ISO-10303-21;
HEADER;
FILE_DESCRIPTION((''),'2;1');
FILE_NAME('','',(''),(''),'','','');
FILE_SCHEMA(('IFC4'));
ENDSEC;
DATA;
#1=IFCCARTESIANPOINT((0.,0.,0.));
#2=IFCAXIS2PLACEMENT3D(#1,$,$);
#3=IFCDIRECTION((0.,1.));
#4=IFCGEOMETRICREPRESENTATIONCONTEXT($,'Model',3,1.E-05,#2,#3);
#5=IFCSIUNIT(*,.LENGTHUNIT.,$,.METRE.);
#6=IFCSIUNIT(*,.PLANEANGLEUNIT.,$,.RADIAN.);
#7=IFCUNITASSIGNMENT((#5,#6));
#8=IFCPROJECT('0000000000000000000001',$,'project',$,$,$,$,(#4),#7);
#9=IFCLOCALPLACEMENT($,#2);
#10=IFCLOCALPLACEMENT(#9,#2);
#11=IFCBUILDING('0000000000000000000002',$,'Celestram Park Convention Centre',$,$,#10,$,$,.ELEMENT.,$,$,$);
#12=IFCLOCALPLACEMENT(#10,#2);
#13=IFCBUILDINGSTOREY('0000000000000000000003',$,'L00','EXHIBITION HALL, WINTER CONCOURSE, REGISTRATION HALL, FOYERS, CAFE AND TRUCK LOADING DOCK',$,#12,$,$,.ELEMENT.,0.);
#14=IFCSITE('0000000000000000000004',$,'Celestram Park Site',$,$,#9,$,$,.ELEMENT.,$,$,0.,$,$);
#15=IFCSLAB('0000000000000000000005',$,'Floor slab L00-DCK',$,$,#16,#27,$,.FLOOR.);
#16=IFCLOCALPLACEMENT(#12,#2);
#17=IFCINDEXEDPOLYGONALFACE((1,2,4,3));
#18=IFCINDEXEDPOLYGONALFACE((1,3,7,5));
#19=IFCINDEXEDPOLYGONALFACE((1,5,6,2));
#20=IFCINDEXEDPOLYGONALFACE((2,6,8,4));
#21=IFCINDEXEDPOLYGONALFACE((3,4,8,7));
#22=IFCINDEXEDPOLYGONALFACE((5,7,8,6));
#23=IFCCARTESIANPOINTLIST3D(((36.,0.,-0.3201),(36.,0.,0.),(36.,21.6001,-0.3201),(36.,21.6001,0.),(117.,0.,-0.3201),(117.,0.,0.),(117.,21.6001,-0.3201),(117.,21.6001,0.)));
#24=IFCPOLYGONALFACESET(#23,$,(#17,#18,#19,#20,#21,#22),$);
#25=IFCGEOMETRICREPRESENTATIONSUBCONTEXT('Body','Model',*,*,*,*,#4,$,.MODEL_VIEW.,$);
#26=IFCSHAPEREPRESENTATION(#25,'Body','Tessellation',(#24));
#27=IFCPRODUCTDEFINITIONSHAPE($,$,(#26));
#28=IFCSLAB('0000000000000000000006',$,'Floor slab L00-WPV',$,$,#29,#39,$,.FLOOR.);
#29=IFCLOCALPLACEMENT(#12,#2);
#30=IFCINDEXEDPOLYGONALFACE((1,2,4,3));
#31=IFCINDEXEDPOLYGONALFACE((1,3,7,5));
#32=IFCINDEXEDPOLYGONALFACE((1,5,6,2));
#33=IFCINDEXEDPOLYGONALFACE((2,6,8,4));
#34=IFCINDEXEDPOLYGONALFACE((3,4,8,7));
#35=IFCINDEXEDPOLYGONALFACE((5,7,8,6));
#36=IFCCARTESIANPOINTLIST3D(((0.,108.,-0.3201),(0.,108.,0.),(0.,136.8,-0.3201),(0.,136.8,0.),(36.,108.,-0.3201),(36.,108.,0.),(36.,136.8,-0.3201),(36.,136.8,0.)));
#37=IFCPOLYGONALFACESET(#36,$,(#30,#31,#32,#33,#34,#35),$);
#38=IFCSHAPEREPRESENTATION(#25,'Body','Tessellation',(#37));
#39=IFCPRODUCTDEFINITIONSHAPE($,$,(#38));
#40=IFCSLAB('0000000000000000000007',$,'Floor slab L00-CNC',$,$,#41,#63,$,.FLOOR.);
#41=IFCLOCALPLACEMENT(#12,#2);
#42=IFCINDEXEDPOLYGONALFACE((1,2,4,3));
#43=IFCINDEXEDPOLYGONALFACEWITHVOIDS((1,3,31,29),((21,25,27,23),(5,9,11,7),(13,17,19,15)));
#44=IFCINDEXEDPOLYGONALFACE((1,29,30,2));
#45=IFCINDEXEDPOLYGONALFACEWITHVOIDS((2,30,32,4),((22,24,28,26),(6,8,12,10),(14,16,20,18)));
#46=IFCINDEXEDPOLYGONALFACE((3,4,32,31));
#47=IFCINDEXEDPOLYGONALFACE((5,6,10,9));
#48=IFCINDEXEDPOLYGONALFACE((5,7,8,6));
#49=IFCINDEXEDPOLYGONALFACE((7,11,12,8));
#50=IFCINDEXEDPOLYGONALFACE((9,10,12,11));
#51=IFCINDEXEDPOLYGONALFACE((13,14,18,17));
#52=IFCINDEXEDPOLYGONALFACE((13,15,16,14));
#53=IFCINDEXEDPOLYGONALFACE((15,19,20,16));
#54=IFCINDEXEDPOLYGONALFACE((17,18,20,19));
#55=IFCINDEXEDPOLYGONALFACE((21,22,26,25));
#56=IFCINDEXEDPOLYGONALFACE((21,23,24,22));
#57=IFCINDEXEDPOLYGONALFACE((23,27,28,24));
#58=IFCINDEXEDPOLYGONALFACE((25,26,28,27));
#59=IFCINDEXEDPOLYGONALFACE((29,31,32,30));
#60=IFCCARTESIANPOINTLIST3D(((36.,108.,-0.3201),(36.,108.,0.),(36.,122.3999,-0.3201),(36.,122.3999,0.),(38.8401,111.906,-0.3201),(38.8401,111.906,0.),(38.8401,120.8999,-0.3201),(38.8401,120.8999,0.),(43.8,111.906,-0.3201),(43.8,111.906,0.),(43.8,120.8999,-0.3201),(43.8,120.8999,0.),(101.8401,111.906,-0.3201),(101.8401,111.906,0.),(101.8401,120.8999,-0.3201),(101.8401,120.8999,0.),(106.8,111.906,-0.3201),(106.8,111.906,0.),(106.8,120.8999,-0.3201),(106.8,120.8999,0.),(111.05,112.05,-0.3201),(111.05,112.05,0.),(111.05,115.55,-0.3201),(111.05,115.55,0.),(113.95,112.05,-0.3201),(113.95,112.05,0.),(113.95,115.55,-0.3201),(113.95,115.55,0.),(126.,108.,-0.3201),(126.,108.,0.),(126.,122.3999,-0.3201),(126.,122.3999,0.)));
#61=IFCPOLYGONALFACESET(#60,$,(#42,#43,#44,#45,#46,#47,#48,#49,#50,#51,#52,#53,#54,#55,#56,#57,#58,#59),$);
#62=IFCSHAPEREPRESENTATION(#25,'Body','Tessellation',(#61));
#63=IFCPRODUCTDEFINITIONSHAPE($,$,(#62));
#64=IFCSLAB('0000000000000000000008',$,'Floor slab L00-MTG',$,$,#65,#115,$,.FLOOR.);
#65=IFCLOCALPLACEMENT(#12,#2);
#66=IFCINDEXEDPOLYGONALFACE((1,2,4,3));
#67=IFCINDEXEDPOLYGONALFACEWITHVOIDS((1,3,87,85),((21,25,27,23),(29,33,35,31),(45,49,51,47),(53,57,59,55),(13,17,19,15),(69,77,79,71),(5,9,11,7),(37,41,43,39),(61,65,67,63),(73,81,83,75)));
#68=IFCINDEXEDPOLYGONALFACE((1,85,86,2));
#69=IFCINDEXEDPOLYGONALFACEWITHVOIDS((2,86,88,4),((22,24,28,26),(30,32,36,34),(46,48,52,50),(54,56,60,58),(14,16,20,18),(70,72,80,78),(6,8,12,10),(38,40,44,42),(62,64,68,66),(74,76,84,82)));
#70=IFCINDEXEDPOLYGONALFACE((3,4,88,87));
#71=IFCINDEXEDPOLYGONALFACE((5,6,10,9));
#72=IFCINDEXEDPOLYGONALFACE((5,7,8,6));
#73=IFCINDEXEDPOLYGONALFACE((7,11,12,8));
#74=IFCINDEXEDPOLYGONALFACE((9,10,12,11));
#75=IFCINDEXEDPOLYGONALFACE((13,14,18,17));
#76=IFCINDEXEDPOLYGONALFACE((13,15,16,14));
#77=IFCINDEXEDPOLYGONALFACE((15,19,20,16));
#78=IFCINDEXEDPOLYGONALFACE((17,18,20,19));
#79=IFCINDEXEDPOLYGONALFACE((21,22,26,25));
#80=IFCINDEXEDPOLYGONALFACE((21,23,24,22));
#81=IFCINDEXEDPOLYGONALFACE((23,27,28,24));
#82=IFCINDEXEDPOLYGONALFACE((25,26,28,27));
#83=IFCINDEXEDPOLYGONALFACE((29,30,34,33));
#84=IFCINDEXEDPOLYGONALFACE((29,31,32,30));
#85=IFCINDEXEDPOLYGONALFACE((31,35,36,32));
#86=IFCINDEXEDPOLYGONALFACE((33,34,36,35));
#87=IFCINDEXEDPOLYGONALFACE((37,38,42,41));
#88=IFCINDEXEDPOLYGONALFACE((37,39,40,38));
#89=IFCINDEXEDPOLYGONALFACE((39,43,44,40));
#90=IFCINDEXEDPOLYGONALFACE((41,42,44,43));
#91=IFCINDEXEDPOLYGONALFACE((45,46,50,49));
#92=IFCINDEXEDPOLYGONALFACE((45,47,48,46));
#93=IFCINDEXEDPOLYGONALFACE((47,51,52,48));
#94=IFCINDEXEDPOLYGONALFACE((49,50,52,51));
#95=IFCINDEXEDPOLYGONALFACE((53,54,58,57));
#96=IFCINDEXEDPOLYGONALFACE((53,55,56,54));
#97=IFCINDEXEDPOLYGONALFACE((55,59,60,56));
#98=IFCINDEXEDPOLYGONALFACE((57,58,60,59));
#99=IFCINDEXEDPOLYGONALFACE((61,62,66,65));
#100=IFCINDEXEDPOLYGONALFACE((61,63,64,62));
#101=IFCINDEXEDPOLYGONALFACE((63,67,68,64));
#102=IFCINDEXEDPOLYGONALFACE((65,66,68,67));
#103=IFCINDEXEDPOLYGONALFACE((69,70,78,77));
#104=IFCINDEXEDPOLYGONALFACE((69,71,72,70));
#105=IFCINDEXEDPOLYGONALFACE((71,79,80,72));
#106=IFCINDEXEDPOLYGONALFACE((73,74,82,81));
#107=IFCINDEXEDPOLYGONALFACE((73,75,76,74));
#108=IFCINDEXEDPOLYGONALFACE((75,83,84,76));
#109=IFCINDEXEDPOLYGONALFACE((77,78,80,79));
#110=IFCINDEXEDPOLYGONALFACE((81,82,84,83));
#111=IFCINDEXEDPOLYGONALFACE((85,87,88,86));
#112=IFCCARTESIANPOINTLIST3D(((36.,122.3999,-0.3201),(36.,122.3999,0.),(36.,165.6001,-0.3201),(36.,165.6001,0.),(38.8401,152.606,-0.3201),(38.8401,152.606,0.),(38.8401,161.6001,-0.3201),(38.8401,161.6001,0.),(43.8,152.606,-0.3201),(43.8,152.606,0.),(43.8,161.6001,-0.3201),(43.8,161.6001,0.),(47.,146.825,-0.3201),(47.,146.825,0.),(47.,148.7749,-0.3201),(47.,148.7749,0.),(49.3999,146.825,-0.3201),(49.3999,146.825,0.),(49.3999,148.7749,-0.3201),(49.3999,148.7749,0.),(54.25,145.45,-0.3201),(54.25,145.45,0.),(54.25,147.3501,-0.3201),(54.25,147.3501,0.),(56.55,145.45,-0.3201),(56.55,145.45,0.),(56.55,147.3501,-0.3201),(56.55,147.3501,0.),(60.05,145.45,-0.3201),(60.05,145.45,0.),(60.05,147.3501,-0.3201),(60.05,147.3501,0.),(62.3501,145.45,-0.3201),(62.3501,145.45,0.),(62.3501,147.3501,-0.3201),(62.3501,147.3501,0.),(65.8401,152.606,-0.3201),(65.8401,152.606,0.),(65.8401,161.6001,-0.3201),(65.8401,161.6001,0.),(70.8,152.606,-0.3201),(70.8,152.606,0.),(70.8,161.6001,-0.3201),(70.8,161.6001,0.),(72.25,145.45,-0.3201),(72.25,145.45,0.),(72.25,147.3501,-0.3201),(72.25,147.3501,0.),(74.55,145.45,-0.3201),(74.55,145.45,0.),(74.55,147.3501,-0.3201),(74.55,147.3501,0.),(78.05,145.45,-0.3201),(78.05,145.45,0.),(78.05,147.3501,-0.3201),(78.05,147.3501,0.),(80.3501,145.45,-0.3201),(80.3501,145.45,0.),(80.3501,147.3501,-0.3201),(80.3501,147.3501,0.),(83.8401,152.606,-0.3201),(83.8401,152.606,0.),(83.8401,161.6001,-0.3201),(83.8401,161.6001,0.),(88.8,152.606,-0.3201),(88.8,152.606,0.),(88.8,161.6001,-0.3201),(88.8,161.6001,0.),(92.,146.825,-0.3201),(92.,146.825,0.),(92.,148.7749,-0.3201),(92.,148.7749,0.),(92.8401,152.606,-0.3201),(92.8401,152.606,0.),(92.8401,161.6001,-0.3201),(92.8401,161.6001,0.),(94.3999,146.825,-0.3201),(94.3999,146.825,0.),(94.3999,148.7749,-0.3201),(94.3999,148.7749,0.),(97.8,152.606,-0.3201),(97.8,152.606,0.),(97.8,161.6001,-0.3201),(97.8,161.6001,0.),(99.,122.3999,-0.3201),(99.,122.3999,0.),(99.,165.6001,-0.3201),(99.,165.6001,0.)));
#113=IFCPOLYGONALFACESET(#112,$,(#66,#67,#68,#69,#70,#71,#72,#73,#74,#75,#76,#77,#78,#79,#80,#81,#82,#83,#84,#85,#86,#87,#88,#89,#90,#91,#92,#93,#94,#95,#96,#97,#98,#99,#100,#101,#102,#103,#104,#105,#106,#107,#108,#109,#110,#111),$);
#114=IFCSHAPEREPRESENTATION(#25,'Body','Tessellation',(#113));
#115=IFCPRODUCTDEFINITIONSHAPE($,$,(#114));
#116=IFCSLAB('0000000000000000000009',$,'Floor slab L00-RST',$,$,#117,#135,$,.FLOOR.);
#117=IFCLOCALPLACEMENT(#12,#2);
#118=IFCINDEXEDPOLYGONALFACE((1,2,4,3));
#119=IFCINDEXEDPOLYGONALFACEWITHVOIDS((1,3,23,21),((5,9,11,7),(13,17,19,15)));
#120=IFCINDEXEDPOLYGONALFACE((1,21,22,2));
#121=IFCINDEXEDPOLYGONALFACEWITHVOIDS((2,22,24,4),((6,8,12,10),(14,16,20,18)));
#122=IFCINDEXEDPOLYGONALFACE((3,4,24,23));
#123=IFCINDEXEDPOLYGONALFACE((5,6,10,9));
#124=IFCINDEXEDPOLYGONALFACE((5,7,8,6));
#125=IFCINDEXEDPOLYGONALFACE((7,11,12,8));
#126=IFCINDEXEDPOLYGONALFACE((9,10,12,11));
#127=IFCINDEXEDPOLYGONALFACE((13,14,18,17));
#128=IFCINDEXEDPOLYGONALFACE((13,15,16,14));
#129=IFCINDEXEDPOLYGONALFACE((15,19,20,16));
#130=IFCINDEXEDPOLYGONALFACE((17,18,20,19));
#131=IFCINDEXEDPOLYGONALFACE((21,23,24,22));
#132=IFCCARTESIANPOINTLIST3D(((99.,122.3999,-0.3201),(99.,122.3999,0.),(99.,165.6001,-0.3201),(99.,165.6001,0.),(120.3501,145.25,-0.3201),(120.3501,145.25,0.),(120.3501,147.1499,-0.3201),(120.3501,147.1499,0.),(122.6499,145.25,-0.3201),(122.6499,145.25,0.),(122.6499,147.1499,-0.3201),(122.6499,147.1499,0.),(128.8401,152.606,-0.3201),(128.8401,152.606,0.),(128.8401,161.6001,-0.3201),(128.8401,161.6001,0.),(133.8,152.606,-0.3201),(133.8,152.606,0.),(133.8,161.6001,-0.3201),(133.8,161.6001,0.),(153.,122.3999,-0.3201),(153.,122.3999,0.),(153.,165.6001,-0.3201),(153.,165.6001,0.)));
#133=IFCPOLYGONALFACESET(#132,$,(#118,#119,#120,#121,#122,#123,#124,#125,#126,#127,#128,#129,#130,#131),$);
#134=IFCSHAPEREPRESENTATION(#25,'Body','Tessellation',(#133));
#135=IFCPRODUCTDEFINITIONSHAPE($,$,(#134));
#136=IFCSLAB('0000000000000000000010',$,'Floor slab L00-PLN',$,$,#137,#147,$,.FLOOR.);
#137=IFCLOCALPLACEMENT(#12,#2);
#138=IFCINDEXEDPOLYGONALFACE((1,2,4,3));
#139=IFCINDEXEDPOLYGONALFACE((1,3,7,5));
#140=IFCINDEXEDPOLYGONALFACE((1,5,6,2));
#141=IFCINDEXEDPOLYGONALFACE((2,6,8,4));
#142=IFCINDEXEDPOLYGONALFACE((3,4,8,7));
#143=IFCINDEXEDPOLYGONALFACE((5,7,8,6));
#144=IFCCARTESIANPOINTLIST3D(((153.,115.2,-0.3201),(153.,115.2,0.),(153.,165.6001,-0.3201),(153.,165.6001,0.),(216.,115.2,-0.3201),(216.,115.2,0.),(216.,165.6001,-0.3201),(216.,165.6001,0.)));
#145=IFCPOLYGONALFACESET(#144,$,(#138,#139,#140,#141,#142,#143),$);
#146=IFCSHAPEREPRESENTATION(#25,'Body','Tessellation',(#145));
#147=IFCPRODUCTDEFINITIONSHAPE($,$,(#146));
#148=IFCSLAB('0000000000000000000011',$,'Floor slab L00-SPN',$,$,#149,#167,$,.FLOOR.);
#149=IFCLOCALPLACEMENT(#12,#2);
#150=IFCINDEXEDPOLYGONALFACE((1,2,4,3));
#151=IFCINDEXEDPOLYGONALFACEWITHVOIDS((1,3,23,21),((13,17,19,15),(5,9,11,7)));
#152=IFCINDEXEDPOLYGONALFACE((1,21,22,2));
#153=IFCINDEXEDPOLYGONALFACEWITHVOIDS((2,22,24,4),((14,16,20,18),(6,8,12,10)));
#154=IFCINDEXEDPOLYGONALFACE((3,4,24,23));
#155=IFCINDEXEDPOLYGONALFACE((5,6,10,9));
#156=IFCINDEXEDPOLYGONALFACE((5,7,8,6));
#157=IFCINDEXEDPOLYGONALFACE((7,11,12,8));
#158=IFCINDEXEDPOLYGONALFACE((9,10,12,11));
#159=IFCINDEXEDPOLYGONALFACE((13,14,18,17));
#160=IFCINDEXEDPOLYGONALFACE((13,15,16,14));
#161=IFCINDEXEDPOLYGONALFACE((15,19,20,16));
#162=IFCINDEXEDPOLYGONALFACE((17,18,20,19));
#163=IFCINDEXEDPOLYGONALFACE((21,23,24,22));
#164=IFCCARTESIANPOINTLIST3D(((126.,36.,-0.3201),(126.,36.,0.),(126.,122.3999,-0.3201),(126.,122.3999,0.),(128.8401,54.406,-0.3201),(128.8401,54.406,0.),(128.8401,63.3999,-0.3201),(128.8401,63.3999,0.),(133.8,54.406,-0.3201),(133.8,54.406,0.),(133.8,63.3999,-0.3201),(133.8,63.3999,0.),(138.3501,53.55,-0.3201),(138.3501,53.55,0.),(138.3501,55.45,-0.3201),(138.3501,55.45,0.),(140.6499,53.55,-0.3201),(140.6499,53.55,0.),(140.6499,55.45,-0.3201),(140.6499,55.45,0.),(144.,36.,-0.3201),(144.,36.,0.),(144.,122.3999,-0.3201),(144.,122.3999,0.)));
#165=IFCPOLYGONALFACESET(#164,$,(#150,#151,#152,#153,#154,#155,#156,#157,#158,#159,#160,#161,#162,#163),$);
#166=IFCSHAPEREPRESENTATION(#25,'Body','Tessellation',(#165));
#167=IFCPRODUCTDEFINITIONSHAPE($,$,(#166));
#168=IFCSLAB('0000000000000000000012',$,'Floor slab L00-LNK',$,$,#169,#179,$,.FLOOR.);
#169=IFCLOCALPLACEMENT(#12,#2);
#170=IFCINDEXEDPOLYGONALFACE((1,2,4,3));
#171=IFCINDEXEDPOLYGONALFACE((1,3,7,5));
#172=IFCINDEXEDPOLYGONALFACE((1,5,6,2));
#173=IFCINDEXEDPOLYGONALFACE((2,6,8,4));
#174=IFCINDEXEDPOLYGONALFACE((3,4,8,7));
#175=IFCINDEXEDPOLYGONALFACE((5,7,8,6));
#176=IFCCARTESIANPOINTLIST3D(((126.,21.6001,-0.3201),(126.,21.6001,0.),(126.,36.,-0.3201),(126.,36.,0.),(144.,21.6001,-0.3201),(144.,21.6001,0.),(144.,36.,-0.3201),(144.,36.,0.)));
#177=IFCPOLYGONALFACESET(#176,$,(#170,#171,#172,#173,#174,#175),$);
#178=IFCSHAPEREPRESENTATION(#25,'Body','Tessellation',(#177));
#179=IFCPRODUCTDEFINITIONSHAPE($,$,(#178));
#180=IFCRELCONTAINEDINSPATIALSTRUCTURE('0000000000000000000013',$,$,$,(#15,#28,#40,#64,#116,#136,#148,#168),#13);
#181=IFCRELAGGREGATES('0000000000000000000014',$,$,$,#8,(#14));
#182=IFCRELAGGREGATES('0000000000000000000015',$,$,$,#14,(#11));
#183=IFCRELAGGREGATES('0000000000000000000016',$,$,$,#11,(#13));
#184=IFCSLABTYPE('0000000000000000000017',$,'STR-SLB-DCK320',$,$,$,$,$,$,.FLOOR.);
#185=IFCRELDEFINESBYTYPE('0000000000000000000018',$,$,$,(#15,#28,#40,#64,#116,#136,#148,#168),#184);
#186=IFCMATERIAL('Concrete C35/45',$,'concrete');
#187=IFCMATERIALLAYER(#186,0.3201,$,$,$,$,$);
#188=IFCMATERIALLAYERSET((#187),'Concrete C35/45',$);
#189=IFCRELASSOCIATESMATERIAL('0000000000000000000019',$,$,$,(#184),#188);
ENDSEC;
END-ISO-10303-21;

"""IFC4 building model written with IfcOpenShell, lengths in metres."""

from ifc_helpers import new_model, si_unit, direction, frame, origin, place, context, subcontext, project, spatial, polyline, outline, extrude, material, layer, layer_set, type_object, element, save


model = new_model("IFC4")

# Units and contexts
model_context = context("Model", 3, precision=1e-05, world=origin(), true_north=direction((0.0, 1.0)))
body_context = subcontext(model_context, "Body", "Model", "MODEL_VIEW")
ifc_project = project(units=[si_unit("LENGTHUNIT", "METRE"), si_unit("PLANEANGLEUNIT", "RADIAN")], contexts=[model_context])

# Site, building, storey
site_placement = place(None, origin())
site = spatial("IfcSite", under=ifc_project, at=site_placement, Name="Celestram Park Site", CompositionType="ELEMENT", RefElevation=0.0)
building_placement = place(site_placement, origin())
building = spatial("IfcBuilding", under=site, at=building_placement, Name="Celestram Park Convention Centre", CompositionType="ELEMENT")
storey_placement = place(building_placement, origin())
storey = spatial("IfcBuildingStorey", under=building, at=storey_placement, Name="L00", Description="EXHIBITION HALL, WINTER CONCOURSE, REGISTRATION HALL, FOYERS, CAFE AND TRUCK LOADING DOCK", CompositionType="ELEMENT", Elevation=0.0)

# Slabs
ifc_material_1 = material(Name="Concrete C35/45", Category="concrete")
ifc_layer_1 = layer(ifc_material_1, 0.3201)
ifc_layer_set_1 = layer_set([ifc_layer_1], Name="Concrete C35/45")
slab_type_1 = type_object("IfcSlabType", Name="STR-SLB-DCK320", PredefinedType="FLOOR", material=ifc_layer_set_1)
slab_1_placement = place(storey_placement, frame((0.0, 0.0, -0.3201)))
element("IfcSlab", 1, at=slab_1_placement, inside=storey, type_object=slab_type_1, Name="Floor slab L00-DCK", PredefinedType="FLOOR", context=body_context, shape_type="SweptSolid", body=[
    extrude(outline(polyline([(36.0, 0.0), (36.0, 21.6001), (117.0, 21.6001), (117.0, 0.0), (36.0, 0.0)])), origin(), (0.0, 0.0, 1.0), 0.3201),
])
slab_2_placement = place(storey_placement, frame((0.0, 0.0, -0.3201)))
element("IfcSlab", 2, at=slab_2_placement, inside=storey, type_object=slab_type_1, Name="Floor slab L00-WPV", PredefinedType="FLOOR", context=body_context, shape_type="SweptSolid", body=[
    extrude(outline(polyline([(0.0, 108.0), (0.0, 136.8), (36.0, 136.8), (36.0, 108.0), (0.0, 108.0)])), origin(), (0.0, 0.0, 1.0), 0.3201),
])
slab_3_placement = place(storey_placement, frame((0.0, 0.0, -0.3201)))
element("IfcSlab", 3, at=slab_3_placement, inside=storey, type_object=slab_type_1, Name="Floor slab L00-CNC", PredefinedType="FLOOR", context=body_context, shape_type="SweptSolid", body=[
    extrude(outline(polyline([(36.0, 108.0), (36.0, 122.3999), (126.0, 122.3999), (126.0, 108.0), (36.0, 108.0)]), holes=[polyline([(43.8, 120.8999), (38.8401, 120.8999), (38.8401, 111.906), (43.8, 111.906), (43.8, 120.8999)]), polyline([(111.05, 112.05), (113.95, 112.05), (113.95, 115.55), (111.05, 115.55), (111.05, 112.05)]), polyline([(106.8, 111.906), (106.8, 120.8999), (101.8401, 120.8999), (101.8401, 111.906), (106.8, 111.906)])]), origin(), (0.0, 0.0, 1.0), 0.3201),
])
slab_4_placement = place(storey_placement, frame((0.0, 0.0, -0.3201)))
element("IfcSlab", 4, at=slab_4_placement, inside=storey, type_object=slab_type_1, Name="Floor slab L00-MTG", PredefinedType="FLOOR", context=body_context, shape_type="SweptSolid", body=[
    extrude(outline(polyline([(36.0, 122.3999), (36.0, 165.6001), (99.0, 165.6001), (99.0, 122.3999), (36.0, 122.3999)]), holes=[polyline([(56.55, 145.45), (56.55, 147.3501), (54.25, 147.3501), (54.25, 145.45), (56.55, 145.45)]), polyline([(60.05, 145.45), (62.3501, 145.45), (62.3501, 147.3501), (60.05, 147.3501), (60.05, 145.45)]), polyline([(72.25, 145.45), (74.55, 145.45), (74.55, 147.3501), (72.25, 147.3501), (72.25, 145.45)]), polyline([(80.3501, 145.45), (80.3501, 147.3501), (78.05, 147.3501), (78.05, 145.45), (80.3501, 145.45)]), polyline([(49.3999, 146.825), (49.3999, 148.7749), (47.0, 148.7749), (47.0, 146.825), (49.3999, 146.825)]), polyline([(94.3999, 146.825), (94.3999, 148.7749), (92.0, 148.7749), (92.0, 146.825), (94.3999, 146.825)]), polyline([(43.8, 152.606), (43.8, 161.6001), (38.8401, 161.6001), (38.8401, 152.606), (43.8, 152.606)]), polyline([(70.8, 152.606), (70.8, 161.6001), (65.8401, 161.6001), (65.8401, 152.606), (70.8, 152.606)]), polyline([(88.8, 161.6001), (83.8401, 161.6001), (83.8401, 152.606), (88.8, 152.606), (88.8, 161.6001)]), polyline([(97.8, 152.606), (97.8, 161.6001), (92.8401, 161.6001), (92.8401, 152.606), (97.8, 152.606)])]), origin(), (0.0, 0.0, 1.0), 0.3201),
])
slab_5_placement = place(storey_placement, frame((0.0, 0.0, -0.3201)))
element("IfcSlab", 5, at=slab_5_placement, inside=storey, type_object=slab_type_1, Name="Floor slab L00-RST", PredefinedType="FLOOR", context=body_context, shape_type="SweptSolid", body=[
    extrude(outline(polyline([(99.0, 122.3999), (99.0, 165.6001), (153.0, 165.6001), (153.0, 122.3999), (99.0, 122.3999)]), holes=[polyline([(122.6499, 145.25), (122.6499, 147.1499), (120.3501, 147.1499), (120.3501, 145.25), (122.6499, 145.25)]), polyline([(133.8, 152.606), (133.8, 161.6001), (128.8401, 161.6001), (128.8401, 152.606), (133.8, 152.606)])]), origin(), (0.0, 0.0, 1.0), 0.3201),
])
slab_6_placement = place(storey_placement, frame((0.0, 0.0, -0.3201)))
element("IfcSlab", 6, at=slab_6_placement, inside=storey, type_object=slab_type_1, Name="Floor slab L00-PLN", PredefinedType="FLOOR", context=body_context, shape_type="SweptSolid", body=[
    extrude(outline(polyline([(153.0, 115.2), (153.0, 165.6001), (216.0, 165.6001), (216.0, 115.2), (153.0, 115.2)])), origin(), (0.0, 0.0, 1.0), 0.3201),
])
slab_7_placement = place(storey_placement, frame((0.0, 0.0, -0.3201)))
element("IfcSlab", 7, at=slab_7_placement, inside=storey, type_object=slab_type_1, Name="Floor slab L00-SPN", PredefinedType="FLOOR", context=body_context, shape_type="SweptSolid", body=[
    extrude(outline(polyline([(126.0, 36.0), (126.0, 122.3999), (144.0, 122.3999), (144.0, 36.0), (126.0, 36.0)]), holes=[polyline([(138.3501, 53.55), (140.6499, 53.55), (140.6499, 55.45), (138.3501, 55.45), (138.3501, 53.55)]), polyline([(133.8, 63.3999), (128.8401, 63.3999), (128.8401, 54.406), (133.8, 54.406), (133.8, 63.3999)])]), origin(), (0.0, 0.0, 1.0), 0.3201),
])
slab_8_placement = place(storey_placement, frame((0.0, 0.0, -0.3201)))
element("IfcSlab", 8, at=slab_8_placement, inside=storey, type_object=slab_type_1, Name="Floor slab L00-LNK", PredefinedType="FLOOR", context=body_context, shape_type="SweptSolid", body=[
    extrude(outline(polyline([(126.0, 21.6001), (126.0, 36.0), (144.0, 36.0), (144.0, 21.6001), (126.0, 21.6001)])), origin(), (0.0, 0.0, 1.0), 0.3201),
])

save(model, "model.ifc")
